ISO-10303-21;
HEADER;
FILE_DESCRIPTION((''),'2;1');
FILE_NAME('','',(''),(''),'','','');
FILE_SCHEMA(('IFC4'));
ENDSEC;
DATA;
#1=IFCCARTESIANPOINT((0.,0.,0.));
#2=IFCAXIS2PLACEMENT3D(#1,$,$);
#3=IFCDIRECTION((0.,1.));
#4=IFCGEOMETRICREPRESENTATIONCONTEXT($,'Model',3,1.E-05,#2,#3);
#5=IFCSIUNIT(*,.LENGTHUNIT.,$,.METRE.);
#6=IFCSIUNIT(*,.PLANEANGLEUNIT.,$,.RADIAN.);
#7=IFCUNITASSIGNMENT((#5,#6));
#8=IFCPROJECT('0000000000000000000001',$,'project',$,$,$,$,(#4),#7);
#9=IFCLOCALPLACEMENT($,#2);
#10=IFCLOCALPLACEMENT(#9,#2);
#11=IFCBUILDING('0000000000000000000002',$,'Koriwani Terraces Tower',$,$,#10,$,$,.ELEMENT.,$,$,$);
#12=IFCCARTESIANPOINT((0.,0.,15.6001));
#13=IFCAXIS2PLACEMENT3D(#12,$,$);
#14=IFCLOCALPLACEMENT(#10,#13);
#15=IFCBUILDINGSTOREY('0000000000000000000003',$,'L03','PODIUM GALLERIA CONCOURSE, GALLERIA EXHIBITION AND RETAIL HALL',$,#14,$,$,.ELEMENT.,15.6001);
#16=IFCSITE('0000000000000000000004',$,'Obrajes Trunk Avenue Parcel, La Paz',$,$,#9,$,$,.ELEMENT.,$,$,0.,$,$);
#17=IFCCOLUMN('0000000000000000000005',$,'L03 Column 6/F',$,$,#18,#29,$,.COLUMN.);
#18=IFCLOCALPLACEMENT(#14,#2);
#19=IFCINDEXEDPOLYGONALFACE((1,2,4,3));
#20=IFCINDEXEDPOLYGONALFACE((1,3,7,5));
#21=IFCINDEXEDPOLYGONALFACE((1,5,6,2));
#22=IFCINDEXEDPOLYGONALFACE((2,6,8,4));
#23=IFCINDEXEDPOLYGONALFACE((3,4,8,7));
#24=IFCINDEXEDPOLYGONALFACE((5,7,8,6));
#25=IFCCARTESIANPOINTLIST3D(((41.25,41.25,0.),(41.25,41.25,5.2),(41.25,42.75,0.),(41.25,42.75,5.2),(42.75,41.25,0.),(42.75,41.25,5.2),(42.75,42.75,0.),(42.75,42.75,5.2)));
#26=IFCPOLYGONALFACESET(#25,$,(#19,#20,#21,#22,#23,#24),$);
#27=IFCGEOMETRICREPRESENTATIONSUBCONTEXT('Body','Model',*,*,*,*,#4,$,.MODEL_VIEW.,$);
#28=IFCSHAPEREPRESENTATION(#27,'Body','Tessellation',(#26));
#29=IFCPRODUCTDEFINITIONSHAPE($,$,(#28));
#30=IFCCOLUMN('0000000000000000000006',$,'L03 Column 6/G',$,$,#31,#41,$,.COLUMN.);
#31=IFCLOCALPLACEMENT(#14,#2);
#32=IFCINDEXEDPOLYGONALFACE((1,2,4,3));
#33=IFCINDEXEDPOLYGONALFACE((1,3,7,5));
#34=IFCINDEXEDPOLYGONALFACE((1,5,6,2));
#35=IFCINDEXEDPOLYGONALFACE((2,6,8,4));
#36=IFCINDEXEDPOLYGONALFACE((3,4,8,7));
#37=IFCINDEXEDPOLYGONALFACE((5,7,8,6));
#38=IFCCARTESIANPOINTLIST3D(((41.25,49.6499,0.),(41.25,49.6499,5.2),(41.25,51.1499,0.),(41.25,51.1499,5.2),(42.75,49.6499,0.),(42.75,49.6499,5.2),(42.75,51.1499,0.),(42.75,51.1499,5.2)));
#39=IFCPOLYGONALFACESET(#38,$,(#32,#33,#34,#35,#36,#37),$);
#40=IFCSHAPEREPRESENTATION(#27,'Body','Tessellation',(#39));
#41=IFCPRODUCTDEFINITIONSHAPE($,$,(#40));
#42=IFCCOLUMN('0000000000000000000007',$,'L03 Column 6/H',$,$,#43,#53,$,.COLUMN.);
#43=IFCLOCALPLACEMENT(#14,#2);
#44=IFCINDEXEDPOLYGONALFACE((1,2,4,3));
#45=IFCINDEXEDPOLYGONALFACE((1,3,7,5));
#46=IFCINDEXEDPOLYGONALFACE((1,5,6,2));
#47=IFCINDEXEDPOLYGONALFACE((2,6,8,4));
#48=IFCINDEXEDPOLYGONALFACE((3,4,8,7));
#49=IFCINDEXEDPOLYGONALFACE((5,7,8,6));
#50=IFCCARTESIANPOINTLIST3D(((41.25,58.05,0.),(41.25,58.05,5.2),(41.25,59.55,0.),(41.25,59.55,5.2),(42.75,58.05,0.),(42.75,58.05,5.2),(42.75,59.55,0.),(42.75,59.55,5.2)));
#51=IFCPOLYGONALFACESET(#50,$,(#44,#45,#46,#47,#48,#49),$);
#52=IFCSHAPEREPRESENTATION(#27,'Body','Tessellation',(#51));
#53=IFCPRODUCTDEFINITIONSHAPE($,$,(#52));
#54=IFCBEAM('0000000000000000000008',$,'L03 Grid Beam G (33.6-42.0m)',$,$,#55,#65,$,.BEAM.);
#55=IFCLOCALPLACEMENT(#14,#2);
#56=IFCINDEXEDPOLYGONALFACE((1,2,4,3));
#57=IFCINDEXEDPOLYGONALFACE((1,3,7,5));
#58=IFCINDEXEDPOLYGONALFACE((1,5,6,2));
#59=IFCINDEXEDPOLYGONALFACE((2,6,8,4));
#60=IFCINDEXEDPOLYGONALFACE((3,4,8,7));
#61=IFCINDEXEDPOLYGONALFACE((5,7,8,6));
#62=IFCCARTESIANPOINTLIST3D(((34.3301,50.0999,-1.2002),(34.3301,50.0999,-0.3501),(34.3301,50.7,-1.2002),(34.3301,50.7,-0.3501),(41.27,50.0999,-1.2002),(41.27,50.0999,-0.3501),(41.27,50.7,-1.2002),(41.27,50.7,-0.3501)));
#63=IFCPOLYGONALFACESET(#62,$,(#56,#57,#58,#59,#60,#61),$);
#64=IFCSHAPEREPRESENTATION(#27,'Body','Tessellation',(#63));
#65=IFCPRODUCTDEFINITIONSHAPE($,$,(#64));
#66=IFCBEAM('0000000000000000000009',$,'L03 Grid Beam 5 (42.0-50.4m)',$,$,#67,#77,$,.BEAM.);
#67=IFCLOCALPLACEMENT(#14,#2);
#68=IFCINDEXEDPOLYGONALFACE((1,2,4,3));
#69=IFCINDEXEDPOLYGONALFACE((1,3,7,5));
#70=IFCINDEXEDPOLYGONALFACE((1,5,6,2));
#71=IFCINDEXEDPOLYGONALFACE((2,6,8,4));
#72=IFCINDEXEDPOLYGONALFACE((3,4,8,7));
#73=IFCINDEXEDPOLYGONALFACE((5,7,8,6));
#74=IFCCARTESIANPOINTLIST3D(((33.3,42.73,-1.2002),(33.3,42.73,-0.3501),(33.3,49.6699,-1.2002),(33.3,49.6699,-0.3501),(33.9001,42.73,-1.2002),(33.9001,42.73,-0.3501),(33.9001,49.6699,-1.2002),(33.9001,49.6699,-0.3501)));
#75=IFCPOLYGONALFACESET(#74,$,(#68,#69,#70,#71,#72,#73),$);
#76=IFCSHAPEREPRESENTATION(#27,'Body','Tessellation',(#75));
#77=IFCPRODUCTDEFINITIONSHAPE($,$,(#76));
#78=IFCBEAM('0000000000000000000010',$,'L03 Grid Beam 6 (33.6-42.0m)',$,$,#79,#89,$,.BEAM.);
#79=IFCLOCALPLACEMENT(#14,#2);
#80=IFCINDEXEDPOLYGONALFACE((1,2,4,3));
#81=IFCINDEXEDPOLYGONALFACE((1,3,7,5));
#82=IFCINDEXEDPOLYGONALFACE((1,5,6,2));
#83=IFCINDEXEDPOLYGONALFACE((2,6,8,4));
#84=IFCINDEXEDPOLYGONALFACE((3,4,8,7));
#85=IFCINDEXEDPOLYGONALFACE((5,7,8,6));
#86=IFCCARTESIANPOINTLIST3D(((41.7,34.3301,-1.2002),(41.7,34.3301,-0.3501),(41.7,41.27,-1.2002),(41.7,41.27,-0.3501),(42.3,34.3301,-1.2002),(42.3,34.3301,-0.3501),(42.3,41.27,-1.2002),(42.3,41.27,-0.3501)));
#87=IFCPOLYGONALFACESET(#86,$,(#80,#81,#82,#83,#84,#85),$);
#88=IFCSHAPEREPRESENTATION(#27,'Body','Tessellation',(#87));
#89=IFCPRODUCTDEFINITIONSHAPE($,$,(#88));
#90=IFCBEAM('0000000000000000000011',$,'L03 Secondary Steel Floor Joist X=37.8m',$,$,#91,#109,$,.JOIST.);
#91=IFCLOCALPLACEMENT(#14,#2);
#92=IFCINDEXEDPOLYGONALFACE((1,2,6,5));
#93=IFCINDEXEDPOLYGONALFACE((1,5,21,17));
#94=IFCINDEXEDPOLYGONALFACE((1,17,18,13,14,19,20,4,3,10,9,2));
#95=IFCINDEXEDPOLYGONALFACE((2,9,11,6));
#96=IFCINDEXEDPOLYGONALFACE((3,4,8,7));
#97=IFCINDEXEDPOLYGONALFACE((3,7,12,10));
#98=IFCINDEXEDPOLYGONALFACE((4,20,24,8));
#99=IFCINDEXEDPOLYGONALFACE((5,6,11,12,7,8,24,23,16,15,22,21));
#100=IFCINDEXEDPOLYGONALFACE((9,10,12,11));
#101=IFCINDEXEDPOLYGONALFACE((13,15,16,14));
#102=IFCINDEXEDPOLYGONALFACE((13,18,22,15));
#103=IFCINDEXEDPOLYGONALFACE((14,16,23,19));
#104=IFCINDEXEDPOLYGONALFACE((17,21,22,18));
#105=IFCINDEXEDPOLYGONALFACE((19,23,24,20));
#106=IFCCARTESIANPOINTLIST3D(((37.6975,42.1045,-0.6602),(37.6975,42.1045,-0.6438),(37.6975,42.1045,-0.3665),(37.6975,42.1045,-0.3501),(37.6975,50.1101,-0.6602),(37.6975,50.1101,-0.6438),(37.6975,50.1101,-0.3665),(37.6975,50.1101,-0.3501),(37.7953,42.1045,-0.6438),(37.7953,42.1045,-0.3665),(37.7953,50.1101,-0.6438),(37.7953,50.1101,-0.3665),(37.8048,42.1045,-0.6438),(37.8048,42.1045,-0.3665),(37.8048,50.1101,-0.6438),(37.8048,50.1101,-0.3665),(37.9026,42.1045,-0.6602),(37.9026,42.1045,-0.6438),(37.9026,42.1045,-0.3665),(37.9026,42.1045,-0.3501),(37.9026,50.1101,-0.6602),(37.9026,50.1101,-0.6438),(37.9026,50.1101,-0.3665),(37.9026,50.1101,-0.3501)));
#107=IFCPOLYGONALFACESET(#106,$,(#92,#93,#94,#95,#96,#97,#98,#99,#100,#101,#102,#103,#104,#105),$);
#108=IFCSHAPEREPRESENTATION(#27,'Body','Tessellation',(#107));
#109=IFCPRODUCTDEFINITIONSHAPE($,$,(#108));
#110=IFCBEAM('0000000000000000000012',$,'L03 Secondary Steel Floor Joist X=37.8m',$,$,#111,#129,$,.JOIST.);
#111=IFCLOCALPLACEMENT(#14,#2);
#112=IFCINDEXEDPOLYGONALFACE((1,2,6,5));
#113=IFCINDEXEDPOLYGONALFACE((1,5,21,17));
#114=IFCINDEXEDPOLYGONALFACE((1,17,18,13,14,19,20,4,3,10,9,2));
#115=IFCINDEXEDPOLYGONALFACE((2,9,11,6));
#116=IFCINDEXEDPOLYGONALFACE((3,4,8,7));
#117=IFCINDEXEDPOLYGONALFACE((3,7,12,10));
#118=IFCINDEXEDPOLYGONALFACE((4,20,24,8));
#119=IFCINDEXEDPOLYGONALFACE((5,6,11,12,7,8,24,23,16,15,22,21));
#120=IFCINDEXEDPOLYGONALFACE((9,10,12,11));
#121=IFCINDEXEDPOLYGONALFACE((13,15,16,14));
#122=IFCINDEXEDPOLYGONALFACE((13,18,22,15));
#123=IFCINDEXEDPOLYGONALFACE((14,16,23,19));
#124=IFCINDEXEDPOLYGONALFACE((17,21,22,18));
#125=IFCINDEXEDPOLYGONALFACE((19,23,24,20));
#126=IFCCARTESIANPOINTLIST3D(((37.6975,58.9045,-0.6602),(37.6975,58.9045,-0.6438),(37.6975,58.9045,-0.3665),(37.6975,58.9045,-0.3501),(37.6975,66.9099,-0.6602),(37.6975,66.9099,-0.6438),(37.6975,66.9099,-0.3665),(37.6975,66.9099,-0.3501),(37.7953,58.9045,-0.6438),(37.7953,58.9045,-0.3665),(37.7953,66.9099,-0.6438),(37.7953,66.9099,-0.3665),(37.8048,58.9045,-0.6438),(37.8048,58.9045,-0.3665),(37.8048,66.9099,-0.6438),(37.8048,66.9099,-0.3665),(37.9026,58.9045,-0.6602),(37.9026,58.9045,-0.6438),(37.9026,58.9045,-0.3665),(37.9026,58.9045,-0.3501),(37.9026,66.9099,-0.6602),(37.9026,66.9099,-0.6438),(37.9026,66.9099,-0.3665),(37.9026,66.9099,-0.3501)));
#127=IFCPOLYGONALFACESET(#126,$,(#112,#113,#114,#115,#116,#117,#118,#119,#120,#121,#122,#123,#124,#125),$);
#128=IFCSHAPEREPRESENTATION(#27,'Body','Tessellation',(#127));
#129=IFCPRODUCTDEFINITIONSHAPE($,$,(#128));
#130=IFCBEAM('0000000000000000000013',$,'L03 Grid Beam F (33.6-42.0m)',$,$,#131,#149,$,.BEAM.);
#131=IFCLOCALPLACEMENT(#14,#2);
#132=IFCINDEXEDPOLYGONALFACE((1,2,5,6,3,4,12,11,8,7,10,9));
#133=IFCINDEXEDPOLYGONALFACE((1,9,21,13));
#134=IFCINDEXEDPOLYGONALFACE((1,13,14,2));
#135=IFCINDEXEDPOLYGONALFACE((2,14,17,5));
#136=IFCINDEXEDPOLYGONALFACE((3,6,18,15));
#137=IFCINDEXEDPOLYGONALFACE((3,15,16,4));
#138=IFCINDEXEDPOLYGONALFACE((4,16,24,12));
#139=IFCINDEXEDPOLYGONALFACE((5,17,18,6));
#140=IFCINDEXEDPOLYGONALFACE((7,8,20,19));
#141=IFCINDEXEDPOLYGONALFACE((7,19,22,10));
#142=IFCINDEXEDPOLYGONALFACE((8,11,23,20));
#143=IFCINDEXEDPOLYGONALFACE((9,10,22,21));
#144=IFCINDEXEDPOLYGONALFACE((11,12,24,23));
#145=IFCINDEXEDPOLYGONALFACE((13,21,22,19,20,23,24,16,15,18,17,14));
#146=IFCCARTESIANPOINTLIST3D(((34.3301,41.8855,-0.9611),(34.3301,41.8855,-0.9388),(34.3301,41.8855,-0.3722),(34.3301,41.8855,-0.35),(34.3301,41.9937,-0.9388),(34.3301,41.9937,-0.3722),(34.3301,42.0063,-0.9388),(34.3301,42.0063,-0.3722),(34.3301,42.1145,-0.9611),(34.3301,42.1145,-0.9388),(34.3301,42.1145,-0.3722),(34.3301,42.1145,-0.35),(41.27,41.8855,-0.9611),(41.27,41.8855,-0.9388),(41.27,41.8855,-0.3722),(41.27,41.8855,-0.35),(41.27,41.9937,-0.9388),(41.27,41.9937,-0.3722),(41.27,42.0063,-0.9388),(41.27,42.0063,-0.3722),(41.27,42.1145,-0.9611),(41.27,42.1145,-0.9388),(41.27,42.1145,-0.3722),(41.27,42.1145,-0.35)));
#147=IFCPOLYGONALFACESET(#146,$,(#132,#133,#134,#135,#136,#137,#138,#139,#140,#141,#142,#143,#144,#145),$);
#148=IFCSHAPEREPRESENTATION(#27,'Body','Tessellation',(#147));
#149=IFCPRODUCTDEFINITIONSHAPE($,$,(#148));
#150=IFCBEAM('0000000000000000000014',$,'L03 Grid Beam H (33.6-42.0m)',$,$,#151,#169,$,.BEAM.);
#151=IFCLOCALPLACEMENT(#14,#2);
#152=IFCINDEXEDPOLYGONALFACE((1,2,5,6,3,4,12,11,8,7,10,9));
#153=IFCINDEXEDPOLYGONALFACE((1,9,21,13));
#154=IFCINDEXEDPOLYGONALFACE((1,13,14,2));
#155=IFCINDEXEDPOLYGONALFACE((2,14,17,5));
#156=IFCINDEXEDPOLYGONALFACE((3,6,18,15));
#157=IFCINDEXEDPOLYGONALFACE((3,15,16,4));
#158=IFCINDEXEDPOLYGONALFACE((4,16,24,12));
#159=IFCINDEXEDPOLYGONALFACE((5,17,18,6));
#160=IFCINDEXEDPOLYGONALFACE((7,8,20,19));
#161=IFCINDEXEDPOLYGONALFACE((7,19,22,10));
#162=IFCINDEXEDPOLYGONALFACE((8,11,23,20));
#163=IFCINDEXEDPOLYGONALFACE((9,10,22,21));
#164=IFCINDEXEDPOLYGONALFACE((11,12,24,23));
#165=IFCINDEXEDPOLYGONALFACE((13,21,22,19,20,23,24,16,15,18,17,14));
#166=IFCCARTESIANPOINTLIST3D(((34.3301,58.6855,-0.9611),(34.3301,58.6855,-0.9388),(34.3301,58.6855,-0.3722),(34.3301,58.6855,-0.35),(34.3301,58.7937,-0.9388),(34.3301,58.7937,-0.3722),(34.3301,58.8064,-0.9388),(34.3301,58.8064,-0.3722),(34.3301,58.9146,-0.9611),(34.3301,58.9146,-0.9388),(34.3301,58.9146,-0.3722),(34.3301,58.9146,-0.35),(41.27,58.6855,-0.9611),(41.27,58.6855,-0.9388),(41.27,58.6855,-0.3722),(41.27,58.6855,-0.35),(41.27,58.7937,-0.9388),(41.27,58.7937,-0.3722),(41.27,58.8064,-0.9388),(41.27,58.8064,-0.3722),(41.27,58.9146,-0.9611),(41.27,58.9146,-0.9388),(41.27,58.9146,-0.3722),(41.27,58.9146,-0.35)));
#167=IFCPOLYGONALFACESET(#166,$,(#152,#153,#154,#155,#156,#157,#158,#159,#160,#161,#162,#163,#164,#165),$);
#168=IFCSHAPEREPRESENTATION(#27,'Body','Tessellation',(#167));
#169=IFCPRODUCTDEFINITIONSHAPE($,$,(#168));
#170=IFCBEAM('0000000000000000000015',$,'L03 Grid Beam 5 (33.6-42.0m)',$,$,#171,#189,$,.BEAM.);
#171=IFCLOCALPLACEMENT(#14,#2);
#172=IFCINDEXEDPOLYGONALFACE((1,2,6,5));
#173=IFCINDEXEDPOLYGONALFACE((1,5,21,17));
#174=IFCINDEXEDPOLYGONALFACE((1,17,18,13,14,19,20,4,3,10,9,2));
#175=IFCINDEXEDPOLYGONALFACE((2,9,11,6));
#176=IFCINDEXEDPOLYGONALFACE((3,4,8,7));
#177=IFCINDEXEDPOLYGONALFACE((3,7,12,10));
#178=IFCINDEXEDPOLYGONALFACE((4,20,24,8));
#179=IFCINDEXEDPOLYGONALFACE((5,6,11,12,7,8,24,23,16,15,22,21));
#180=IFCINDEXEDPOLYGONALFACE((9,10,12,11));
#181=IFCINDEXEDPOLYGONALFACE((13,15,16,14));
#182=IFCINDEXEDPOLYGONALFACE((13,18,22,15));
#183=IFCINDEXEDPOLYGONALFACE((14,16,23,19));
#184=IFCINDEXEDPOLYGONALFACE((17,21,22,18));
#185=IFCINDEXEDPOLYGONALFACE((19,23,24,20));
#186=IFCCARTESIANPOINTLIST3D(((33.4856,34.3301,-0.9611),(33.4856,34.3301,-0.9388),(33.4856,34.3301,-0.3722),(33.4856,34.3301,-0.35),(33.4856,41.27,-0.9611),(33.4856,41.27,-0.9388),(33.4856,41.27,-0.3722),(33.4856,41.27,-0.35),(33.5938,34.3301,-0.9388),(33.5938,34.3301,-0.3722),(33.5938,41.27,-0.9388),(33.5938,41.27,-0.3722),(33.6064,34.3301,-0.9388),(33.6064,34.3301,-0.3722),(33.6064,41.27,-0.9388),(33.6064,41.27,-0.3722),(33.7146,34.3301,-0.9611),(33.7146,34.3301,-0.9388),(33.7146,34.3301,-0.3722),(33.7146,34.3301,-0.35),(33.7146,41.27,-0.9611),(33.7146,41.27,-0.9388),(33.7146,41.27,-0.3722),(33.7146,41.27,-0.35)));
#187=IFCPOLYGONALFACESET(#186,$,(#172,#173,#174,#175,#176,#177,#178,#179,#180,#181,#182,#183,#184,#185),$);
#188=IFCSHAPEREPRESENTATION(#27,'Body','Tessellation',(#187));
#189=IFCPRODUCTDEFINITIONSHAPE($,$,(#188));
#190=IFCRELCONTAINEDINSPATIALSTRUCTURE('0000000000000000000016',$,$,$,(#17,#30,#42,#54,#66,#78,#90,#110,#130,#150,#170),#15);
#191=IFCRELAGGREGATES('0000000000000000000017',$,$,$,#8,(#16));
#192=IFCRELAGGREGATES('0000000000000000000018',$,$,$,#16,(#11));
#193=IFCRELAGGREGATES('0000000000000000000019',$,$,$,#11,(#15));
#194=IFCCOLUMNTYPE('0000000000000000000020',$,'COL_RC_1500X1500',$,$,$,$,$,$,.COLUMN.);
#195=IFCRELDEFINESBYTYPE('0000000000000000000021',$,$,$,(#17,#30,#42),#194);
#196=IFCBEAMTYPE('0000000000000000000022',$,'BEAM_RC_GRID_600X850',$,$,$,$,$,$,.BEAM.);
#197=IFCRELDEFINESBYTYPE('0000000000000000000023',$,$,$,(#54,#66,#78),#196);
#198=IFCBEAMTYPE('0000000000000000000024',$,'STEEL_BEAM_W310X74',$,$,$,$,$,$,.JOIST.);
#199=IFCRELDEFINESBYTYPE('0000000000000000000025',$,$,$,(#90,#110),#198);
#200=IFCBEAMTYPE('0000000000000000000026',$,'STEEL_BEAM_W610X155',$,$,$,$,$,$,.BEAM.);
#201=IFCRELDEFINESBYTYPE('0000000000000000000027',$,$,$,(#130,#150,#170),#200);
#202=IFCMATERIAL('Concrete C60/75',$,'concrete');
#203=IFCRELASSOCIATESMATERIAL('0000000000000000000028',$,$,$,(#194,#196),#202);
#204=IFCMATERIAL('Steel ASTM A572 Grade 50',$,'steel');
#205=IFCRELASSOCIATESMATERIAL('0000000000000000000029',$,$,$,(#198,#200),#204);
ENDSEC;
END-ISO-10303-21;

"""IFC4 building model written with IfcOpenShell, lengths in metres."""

from ifc_helpers import new_model, si_unit, direction, frame, origin, origin_2d, place, context, subcontext, project, spatial, rectangle, i_section, extrude, material, material_profile, profile_set, type_object, element, save


model = new_model("IFC4")

# Units and contexts
model_context = context("Model", 3, precision=1e-05, world=origin(), true_north=direction((0.0, 1.0)))
body_context = subcontext(model_context, "Body", "Model", "MODEL_VIEW")
ifc_project = project(units=[si_unit("LENGTHUNIT", "METRE"), si_unit("PLANEANGLEUNIT", "RADIAN")], contexts=[model_context])

# Site, building, storey
site_placement = place(None, origin())
site = spatial("IfcSite", under=ifc_project, at=site_placement, Name="Obrajes Trunk Avenue Parcel, La Paz", CompositionType="ELEMENT", RefElevation=0.0)
building_placement = place(site_placement, origin())
building = spatial("IfcBuilding", under=site, at=building_placement, Name="Koriwani Terraces Tower", CompositionType="ELEMENT")
storey_placement = place(building_placement, frame((0.0, 0.0, 15.6001)))
storey = spatial("IfcBuildingStorey", under=building, at=storey_placement, Name="L03", Description="PODIUM GALLERIA CONCOURSE, GALLERIA EXHIBITION AND RETAIL HALL", CompositionType="ELEMENT", Elevation=15.6001)

# Columns
ifc_material_1 = material(Name="Concrete C60/75", Category="concrete")
ifc_material_profile_1 = material_profile(ifc_material_1, rectangle(XDim=1.5, YDim=1.5, at=origin_2d()), Name="Concrete C60/75", Category="LoadBearing")
ifc_profile_set_1 = profile_set([ifc_material_profile_1], Name="Concrete C60/75")
column_type = type_object("IfcColumnType", Name="COL_RC_1500X1500", PredefinedType="COLUMN", material=ifc_profile_set_1)
for number, where, z_axis, x_axis, name in (
    (1, (42.0, 42.0, 0.0), (0.0, 0.0, 1.0), (1.0, 0.0, 0.0), "L03 Column 6/F"),
    (2, (42.0, 50.3999, 0.0), (0.0, 0.0, 1.0), (1.0, 0.0, 0.0), "L03 Column 6/G"),
    (3, (42.0, 58.8, 0.0), (0.0, 0.0, 1.0), (1.0, 0.0, 0.0), "L03 Column 6/H"),
):
    element("IfcColumn", number, at=place(storey_placement, frame(where, z_axis=z_axis, x_axis=x_axis)), inside=storey, type_object=column_type, Name=name, PredefinedType="COLUMN", context=body_context, shape_type="SweptSolid", body=[
        extrude(rectangle(XDim=1.5, YDim=1.5, at=origin_2d()), origin(), (0.0, 0.0, 1.0), 5.2),
    ])

# Beams
ifc_material_profile_2 = material_profile(ifc_material_1, rectangle(XDim=0.6001, YDim=0.8501, at=origin_2d()), Name="Concrete C60/75", Category="LoadBearing")
ifc_profile_set_2 = profile_set([ifc_material_profile_2], Name="Concrete C60/75")
beam_type_1 = type_object("IfcBeamType", Name="BEAM_RC_GRID_600X850", PredefinedType="BEAM", material=ifc_profile_set_2)
for number, where, z_axis, x_axis, name in (
    (4, (34.3301, 50.3999, -0.7751), (1.0, 0.0, 0.0), (0.0, 1.0, 0.0), "L03 Grid Beam G (33.6-42.0m)"),
    (5, (33.6001, 42.73, -0.7751), (0.0, 1.0, 0.0), (-1.0, 0.0, 0.0), "L03 Grid Beam 5 (42.0-50.4m)"),
    (6, (42.0, 34.3301, -0.7751), (0.0, 1.0, 0.0), (-1.0, 0.0, 0.0), "L03 Grid Beam 6 (33.6-42.0m)"),
):
    element("IfcBeam", number, at=place(storey_placement, frame(where, z_axis=z_axis, x_axis=x_axis)), inside=storey, type_object=beam_type_1, Name=name, PredefinedType="BEAM", context=body_context, shape_type="SweptSolid", body=[
        extrude(rectangle(XDim=0.6001, YDim=0.8501, at=origin_2d()), origin(), (0.0, 0.0, 1.0), 6.9399),
    ])
ifc_material_2 = material(Name="Steel ASTM A572 Grade 50", Category="steel")
ifc_material_profile_3 = material_profile(ifc_material_2, i_section(OverallWidth=0.2051, OverallDepth=0.3101, WebThickness=0.0095, FlangeThickness=0.0164, at=origin_2d()), Name="Steel ASTM A572 Grade 50", Category="LoadBearing")
ifc_profile_set_3 = profile_set([ifc_material_profile_3], Name="Steel ASTM A572 Grade 50")
beam_type_2 = type_object("IfcBeamType", Name="STEEL_BEAM_W310X74", PredefinedType="JOIST", material=ifc_profile_set_3)
beam_1_placement = place(storey_placement, frame((37.8, 42.1045, -0.5051), z_axis=(0.0, 1.0, 0.0), x_axis=(-1.0, 0.0, 0.0)))
element("IfcBeam", 7, at=beam_1_placement, inside=storey, type_object=beam_type_2, Name="L03 Secondary Steel Floor Joist X=37.8m", PredefinedType="JOIST", context=body_context, shape_type="SweptSolid", body=[
    extrude(i_section(OverallWidth=0.2051, OverallDepth=0.3101, WebThickness=0.0095, FlangeThickness=0.0164, at=origin_2d()), origin(), (0.0, 0.0, 1.0), 8.0056),
])
beam_2_placement = place(storey_placement, frame((37.8, 58.9045, -0.5051), z_axis=(0.0, 1.0, 0.0), x_axis=(-1.0, 0.0, 0.0)))
element("IfcBeam", 8, at=beam_2_placement, inside=storey, type_object=beam_type_2, Name="L03 Secondary Steel Floor Joist X=37.8m", PredefinedType="JOIST", context=body_context, shape_type="SweptSolid", body=[
    extrude(i_section(OverallWidth=0.2051, OverallDepth=0.3101, WebThickness=0.0095, FlangeThickness=0.0164, at=origin_2d()), origin(), (0.0, 0.0, 1.0), 8.0054),
])
ifc_material_profile_4 = material_profile(ifc_material_2, i_section(OverallWidth=0.229, OverallDepth=0.6111, WebThickness=0.0127, FlangeThickness=0.0222, at=origin_2d()), Name="Steel ASTM A572 Grade 50", Category="LoadBearing")
ifc_profile_set_4 = profile_set([ifc_material_profile_4], Name="Steel ASTM A572 Grade 50")
beam_type_3 = type_object("IfcBeamType", Name="STEEL_BEAM_W610X155", PredefinedType="BEAM", material=ifc_profile_set_4)
for number, where, z_axis, x_axis, name in (
    (9, (34.3301, 42.0, -0.6555), (1.0, 0.0, 0.0), (0.0, 1.0, 0.0), "L03 Grid Beam F (33.6-42.0m)"),
    (10, (34.3301, 58.8, -0.6555), (1.0, 0.0, 0.0), (0.0, 1.0, 0.0), "L03 Grid Beam H (33.6-42.0m)"),
    (11, (33.6001, 34.3301, -0.6555), (0.0, 1.0, 0.0), (-1.0, 0.0, 0.0), "L03 Grid Beam 5 (33.6-42.0m)"),
):
    element("IfcBeam", number, at=place(storey_placement, frame(where, z_axis=z_axis, x_axis=x_axis)), inside=storey, type_object=beam_type_3, Name=name, PredefinedType="BEAM", context=body_context, shape_type="SweptSolid", body=[
        extrude(i_section(OverallWidth=0.229, OverallDepth=0.6111, WebThickness=0.0127, FlangeThickness=0.0222, at=origin_2d()), origin(), (0.0, 0.0, 1.0), 6.9399),
    ])

save(model, "model.ifc")
